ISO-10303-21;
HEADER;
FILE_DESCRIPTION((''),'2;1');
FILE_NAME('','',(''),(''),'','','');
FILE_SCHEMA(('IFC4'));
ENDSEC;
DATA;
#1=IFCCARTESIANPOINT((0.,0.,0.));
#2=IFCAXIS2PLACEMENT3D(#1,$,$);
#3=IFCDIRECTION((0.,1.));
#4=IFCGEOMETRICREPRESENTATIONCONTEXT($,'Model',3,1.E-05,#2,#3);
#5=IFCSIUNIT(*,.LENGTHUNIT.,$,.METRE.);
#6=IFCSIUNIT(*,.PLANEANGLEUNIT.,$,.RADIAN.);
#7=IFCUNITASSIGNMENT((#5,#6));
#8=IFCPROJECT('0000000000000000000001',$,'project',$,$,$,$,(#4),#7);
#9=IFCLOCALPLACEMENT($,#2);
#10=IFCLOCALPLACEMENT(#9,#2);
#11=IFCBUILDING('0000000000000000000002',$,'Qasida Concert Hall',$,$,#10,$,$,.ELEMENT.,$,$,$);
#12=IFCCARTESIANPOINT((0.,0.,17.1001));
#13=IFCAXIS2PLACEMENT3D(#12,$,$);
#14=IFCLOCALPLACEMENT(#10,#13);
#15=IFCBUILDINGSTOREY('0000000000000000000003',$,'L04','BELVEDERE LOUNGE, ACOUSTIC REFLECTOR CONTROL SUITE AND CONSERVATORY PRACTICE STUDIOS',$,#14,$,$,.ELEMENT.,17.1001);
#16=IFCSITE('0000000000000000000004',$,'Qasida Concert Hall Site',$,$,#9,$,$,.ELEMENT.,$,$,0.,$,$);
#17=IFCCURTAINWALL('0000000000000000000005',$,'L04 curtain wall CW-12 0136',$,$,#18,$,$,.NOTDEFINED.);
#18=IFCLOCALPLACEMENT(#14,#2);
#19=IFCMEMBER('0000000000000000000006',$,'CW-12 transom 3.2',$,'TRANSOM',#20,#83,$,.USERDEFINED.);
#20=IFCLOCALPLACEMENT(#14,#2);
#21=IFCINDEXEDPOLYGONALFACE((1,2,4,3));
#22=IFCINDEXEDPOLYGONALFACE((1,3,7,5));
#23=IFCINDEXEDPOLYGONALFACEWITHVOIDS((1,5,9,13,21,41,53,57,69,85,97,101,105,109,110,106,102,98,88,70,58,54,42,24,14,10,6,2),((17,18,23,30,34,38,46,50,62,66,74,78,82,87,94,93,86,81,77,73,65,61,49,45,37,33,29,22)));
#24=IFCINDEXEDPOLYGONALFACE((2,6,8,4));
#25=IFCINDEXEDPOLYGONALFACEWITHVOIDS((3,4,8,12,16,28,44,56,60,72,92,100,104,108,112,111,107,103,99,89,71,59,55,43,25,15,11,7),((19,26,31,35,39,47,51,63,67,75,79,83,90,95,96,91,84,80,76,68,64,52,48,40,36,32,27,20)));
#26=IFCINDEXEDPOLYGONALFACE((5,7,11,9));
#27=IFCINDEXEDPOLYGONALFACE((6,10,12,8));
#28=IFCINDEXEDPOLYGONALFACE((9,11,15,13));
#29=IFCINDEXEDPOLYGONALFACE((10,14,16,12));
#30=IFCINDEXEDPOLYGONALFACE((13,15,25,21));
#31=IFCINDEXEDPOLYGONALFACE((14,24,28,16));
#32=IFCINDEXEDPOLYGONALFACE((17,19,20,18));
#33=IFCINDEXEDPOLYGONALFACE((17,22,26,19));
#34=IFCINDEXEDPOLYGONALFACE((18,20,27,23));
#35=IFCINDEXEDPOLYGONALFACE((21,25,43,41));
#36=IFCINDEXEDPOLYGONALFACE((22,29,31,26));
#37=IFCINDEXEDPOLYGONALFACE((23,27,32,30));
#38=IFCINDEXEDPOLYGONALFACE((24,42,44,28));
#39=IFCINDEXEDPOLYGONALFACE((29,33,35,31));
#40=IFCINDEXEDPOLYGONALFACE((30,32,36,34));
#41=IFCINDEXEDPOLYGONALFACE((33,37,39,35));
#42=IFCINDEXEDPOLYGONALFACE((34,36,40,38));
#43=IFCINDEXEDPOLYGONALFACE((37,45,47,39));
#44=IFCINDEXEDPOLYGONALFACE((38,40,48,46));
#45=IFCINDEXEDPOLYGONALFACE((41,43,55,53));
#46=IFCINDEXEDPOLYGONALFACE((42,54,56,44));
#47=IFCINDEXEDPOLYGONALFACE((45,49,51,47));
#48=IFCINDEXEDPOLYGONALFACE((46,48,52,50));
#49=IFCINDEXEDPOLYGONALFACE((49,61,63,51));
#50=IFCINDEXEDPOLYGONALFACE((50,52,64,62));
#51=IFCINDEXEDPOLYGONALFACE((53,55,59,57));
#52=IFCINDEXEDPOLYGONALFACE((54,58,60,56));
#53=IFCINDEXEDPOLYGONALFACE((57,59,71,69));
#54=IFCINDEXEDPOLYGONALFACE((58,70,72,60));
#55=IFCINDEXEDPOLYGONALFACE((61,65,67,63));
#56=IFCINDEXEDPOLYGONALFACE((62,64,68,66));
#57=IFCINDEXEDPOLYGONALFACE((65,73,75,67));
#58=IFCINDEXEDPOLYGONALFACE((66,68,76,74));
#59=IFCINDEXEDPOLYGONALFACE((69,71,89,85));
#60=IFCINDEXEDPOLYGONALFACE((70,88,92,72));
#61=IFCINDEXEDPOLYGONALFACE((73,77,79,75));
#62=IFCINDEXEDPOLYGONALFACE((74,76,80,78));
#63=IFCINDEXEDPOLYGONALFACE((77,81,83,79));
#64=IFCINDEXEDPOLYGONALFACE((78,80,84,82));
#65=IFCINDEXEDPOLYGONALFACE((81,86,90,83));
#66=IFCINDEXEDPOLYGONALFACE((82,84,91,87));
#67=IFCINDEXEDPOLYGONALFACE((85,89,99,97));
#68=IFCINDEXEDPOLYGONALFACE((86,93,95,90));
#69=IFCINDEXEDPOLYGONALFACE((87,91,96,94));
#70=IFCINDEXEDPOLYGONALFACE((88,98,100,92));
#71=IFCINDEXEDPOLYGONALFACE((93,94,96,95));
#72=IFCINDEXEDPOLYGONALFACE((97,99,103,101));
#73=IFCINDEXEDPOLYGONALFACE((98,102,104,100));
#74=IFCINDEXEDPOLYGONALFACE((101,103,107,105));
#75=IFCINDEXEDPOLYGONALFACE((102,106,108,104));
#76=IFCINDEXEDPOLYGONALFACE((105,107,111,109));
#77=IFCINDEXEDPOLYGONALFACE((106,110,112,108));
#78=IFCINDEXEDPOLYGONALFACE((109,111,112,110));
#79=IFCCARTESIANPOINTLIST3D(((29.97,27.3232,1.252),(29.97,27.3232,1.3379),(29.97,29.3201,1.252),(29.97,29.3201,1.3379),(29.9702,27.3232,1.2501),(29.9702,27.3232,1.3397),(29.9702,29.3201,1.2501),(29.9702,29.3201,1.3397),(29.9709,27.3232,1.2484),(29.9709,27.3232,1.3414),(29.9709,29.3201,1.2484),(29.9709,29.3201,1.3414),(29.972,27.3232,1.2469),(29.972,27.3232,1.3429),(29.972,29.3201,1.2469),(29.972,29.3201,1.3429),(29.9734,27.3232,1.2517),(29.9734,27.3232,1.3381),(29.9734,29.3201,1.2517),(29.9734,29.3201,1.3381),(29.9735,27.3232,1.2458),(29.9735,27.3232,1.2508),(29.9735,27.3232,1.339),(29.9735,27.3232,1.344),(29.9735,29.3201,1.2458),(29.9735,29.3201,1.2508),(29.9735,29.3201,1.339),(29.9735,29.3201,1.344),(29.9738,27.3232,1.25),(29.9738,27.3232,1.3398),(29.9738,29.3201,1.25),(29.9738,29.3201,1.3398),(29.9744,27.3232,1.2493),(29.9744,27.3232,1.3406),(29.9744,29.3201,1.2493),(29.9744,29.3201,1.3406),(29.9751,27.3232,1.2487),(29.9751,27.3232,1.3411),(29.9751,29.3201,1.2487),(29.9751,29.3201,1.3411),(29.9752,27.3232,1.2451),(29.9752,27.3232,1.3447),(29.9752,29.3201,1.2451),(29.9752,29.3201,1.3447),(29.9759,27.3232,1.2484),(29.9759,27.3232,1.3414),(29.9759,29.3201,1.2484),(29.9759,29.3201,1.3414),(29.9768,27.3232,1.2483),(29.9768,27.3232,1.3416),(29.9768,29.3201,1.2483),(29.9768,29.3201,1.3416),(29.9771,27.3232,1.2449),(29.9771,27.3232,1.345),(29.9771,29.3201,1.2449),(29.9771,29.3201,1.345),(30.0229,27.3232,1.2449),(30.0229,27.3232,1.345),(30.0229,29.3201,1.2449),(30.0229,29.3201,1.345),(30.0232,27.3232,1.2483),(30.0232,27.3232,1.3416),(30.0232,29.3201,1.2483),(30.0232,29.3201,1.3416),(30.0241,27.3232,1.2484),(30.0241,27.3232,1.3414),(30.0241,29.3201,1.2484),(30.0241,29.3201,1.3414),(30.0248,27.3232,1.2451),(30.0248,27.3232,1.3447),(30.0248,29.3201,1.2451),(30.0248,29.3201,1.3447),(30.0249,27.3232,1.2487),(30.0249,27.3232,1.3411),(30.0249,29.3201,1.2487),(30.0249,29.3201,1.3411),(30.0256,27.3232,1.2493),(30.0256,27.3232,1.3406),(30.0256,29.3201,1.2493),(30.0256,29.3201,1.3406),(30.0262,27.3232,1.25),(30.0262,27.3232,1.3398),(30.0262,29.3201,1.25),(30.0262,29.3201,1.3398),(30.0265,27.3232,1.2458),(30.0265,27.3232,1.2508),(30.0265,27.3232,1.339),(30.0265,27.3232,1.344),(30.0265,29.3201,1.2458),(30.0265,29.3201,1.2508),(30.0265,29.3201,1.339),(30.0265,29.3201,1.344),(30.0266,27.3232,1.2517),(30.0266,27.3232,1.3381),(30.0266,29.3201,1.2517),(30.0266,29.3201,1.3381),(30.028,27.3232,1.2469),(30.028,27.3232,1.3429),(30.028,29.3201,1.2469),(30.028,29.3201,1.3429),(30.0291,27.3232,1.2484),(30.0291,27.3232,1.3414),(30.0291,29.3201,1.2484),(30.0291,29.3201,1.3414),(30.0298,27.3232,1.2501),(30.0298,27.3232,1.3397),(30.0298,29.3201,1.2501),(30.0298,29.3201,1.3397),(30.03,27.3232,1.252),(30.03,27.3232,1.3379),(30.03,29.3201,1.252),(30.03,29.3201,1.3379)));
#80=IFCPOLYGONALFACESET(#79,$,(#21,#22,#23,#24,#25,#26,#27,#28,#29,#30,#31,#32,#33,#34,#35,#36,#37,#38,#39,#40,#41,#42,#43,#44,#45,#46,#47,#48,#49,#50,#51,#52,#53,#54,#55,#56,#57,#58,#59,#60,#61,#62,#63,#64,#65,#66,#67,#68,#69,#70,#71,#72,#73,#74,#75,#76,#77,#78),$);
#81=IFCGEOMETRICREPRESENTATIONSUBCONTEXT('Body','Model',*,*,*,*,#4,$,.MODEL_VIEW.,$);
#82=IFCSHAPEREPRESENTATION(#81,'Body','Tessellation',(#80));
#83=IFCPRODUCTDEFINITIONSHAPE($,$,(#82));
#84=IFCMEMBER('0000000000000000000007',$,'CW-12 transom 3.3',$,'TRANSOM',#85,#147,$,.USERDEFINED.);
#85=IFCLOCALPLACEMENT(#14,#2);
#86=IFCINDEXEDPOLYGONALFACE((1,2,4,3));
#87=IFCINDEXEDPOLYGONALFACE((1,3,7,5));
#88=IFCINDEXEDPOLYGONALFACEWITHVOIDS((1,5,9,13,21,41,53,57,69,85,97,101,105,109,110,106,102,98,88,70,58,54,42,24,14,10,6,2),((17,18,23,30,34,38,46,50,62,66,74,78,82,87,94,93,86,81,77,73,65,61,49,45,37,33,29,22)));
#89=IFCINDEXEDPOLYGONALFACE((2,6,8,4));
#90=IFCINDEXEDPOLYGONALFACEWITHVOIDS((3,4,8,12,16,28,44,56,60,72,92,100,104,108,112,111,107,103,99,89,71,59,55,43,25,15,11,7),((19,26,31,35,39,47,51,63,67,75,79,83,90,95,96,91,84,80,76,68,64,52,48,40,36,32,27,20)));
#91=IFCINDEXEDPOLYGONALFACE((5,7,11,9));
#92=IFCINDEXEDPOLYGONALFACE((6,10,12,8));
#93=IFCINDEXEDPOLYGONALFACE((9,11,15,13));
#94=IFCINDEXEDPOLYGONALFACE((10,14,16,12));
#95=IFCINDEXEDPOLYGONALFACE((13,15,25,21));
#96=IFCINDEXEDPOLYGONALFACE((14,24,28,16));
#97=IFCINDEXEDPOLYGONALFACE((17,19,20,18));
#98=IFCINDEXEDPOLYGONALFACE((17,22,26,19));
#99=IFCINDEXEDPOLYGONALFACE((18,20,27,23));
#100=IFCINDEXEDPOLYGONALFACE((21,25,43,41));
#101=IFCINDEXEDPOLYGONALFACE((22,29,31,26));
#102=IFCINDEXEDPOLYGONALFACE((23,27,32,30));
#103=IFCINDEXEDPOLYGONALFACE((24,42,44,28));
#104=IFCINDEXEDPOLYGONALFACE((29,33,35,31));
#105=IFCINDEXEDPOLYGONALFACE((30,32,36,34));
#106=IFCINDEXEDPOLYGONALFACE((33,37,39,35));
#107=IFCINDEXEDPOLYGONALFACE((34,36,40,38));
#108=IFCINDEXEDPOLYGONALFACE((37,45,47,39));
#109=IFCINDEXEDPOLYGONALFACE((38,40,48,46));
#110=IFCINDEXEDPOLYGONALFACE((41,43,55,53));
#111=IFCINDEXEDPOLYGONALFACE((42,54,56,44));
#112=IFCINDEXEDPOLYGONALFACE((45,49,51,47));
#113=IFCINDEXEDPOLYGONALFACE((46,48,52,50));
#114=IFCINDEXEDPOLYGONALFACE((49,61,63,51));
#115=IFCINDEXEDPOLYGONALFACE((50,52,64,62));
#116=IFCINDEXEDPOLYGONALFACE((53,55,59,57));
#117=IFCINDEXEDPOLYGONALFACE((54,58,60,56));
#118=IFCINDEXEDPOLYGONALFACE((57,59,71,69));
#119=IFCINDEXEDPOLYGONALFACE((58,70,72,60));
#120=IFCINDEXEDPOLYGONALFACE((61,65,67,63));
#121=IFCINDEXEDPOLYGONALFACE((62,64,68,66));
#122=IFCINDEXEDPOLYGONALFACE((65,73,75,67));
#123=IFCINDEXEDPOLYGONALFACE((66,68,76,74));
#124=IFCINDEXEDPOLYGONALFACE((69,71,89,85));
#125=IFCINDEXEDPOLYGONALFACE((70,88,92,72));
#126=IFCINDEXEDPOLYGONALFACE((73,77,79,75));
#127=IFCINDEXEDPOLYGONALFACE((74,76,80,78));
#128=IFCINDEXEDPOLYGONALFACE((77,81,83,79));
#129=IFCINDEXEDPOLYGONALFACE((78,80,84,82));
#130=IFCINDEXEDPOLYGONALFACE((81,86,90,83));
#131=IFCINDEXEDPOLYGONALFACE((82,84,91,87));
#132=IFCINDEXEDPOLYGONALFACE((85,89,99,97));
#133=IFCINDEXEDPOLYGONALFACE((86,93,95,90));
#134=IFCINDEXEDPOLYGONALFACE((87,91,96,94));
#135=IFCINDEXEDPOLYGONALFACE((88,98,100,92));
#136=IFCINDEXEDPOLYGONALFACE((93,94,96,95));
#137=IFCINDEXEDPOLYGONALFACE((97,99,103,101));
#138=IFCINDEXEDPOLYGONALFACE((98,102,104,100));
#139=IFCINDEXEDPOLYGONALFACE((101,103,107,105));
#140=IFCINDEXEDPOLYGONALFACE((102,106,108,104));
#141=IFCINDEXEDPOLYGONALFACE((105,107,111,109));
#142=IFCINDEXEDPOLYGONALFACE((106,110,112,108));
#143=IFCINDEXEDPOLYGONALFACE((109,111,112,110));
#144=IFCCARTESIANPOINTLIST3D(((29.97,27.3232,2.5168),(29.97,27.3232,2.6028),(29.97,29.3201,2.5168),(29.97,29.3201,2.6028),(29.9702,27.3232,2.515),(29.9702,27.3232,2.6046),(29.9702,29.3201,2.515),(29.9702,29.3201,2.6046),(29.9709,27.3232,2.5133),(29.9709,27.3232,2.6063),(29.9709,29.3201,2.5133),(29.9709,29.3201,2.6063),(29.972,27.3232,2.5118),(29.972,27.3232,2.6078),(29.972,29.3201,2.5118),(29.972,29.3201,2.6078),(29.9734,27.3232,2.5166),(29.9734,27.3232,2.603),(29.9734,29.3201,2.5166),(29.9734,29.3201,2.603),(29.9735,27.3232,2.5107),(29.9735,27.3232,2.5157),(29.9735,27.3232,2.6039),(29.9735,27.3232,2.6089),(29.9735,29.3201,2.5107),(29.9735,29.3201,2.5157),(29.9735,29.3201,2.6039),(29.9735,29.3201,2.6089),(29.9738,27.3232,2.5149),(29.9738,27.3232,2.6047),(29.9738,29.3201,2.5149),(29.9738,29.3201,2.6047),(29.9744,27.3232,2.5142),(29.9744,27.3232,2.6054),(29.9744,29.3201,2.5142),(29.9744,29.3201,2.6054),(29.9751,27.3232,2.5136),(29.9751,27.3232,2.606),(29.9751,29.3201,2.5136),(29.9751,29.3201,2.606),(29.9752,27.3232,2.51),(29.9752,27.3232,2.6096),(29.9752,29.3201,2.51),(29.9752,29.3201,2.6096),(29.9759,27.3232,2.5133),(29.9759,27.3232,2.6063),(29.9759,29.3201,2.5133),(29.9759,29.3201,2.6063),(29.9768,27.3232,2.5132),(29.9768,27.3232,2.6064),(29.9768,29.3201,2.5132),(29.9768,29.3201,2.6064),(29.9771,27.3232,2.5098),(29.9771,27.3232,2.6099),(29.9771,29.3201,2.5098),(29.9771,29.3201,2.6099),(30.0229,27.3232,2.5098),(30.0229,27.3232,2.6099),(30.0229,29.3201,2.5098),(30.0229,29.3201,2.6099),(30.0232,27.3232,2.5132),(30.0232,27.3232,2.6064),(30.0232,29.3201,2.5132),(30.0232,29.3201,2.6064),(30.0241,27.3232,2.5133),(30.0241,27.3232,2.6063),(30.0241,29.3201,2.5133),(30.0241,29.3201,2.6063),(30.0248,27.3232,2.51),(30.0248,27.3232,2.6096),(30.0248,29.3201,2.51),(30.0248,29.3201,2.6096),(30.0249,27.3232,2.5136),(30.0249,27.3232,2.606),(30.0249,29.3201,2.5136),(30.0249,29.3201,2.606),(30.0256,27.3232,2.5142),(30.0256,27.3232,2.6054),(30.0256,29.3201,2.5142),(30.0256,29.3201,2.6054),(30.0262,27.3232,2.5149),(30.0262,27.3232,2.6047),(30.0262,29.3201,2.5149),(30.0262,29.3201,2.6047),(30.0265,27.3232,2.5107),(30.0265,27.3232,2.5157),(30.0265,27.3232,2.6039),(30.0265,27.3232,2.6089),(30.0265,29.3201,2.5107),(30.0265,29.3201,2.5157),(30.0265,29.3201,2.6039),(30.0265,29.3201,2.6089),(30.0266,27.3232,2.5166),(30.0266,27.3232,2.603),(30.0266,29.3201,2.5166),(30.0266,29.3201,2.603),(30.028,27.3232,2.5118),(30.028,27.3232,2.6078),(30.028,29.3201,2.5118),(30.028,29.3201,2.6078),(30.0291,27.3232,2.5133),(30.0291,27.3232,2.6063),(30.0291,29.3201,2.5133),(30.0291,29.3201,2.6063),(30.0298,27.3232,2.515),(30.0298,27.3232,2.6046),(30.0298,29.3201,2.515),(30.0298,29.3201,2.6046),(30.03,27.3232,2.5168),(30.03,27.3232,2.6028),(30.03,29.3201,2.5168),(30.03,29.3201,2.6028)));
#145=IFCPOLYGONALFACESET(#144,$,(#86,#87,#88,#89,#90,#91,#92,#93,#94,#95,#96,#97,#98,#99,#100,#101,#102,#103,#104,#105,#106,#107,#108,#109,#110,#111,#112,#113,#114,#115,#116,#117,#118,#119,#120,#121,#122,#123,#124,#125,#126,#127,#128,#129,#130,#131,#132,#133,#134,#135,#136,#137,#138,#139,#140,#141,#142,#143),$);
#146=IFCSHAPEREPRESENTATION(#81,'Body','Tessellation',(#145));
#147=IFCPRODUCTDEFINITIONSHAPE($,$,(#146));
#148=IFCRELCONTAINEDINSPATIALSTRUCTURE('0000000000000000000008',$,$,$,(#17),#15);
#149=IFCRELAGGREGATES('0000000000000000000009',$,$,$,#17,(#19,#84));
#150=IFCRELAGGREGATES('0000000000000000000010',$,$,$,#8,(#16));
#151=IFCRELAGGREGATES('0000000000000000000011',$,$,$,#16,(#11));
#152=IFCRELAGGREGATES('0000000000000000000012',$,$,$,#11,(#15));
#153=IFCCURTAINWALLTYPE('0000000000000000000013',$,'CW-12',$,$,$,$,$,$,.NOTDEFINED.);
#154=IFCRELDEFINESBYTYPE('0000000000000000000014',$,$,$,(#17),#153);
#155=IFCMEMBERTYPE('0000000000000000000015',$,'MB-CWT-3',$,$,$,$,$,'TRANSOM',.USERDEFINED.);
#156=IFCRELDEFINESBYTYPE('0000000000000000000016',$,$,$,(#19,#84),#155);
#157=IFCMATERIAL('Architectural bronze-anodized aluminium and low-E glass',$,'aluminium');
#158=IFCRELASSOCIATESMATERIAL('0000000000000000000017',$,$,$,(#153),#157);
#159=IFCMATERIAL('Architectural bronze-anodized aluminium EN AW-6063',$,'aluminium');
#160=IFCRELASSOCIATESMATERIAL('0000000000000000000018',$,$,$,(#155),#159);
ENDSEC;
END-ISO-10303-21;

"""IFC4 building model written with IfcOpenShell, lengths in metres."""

from ifc_helpers import new_model, si_unit, direction, frame, origin, origin_2d, place, context, subcontext, project, spatial, hollow_rectangle, extrude, material, material_profile, profile_set, type_object, element, aggregate, save


model = new_model("IFC4")

# Units and contexts
model_context = context("Model", 3, precision=1e-05, world=origin(), true_north=direction((0.0, 1.0)))
body_context = subcontext(model_context, "Body", "Model", "MODEL_VIEW")
ifc_project = project(units=[si_unit("LENGTHUNIT", "METRE"), si_unit("PLANEANGLEUNIT", "RADIAN")], contexts=[model_context])

# Site, building, storey
site_placement = place(None, origin())
site = spatial("IfcSite", under=ifc_project, at=site_placement, Name="Qasida Concert Hall Site", CompositionType="ELEMENT", RefElevation=0.0)
building_placement = place(site_placement, origin())
building = spatial("IfcBuilding", under=site, at=building_placement, Name="Qasida Concert Hall", CompositionType="ELEMENT")
storey_placement = place(building_placement, frame((0.0, 0.0, 17.1001)))
storey = spatial("IfcBuildingStorey", under=building, at=storey_placement, Name="L04", Description="BELVEDERE LOUNGE, ACOUSTIC REFLECTOR CONTROL SUITE AND CONSERVATORY PRACTICE STUDIOS", CompositionType="ELEMENT", Elevation=17.1001)

# Curtain wall
ifc_material_1 = material(Name="Architectural bronze-anodized aluminium and low-E glass", Category="aluminium")
curtain_wall_type = type_object("IfcCurtainWallType", Name="CW-12", PredefinedType="NOTDEFINED", material=ifc_material_1)
curtain_wall_1_placement = place(storey_placement, origin())
curtain_wall_1 = element("IfcCurtainWall", 1, at=curtain_wall_1_placement, inside=storey, type_object=curtain_wall_type, Name="L04 curtain wall CW-12 0136", PredefinedType="NOTDEFINED")
ifc_material_2 = material(Name="Architectural bronze-anodized aluminium EN AW-6063", Category="aluminium")

# Members
ifc_material_profile_1 = material_profile(ifc_material_2, hollow_rectangle(XDim=0.0601, YDim=0.1001, WallThickness=0.0034, InnerFilletRadius=0.0034, OuterFilletRadius=0.0071, at=origin_2d()), Name="CWT 100x60x3.5")
ifc_profile_set_1 = profile_set([ifc_material_profile_1], Name="Architectural bronze-anodized aluminium EN AW-6063")
member_type_1 = type_object("IfcMemberType", Name="MB-CWT-3", ElementType="TRANSOM", PredefinedType="USERDEFINED", material=ifc_profile_set_1)
member_1_placement = place(storey_placement, frame((30.0, 27.3232, 1.2949), z_axis=(0.0, 1.0, 0.0), x_axis=(-1.0, 0.0, 0.0)))
member_1 = element("IfcMember", 2, at=member_1_placement, type_object=member_type_1, Name="CW-12 transom 3.2", ObjectType="TRANSOM", PredefinedType="USERDEFINED", context=body_context, shape_type="SweptSolid", body=[
    extrude(hollow_rectangle(XDim=0.0601, YDim=0.1001, WallThickness=0.0034, InnerFilletRadius=0.0034, OuterFilletRadius=0.0071, at=origin_2d()), origin(), (0.0, 0.0, 1.0), 1.9968),
])
member_2_placement = place(storey_placement, frame((30.0, 27.3232, 2.5598), z_axis=(0.0, 1.0, 0.0), x_axis=(-1.0, 0.0, 0.0)))
member_2 = element("IfcMember", 3, at=member_2_placement, type_object=member_type_1, Name="CW-12 transom 3.3", ObjectType="TRANSOM", PredefinedType="USERDEFINED", context=body_context, shape_type="SweptSolid", body=[
    extrude(hollow_rectangle(XDim=0.0601, YDim=0.1001, WallThickness=0.0034, InnerFilletRadius=0.0034, OuterFilletRadius=0.0071, at=origin_2d()), origin(), (0.0, 0.0, 1.0), 1.9968),
])

aggregate(curtain_wall_1, [member_1, member_2])

save(model, "model.ifc")
